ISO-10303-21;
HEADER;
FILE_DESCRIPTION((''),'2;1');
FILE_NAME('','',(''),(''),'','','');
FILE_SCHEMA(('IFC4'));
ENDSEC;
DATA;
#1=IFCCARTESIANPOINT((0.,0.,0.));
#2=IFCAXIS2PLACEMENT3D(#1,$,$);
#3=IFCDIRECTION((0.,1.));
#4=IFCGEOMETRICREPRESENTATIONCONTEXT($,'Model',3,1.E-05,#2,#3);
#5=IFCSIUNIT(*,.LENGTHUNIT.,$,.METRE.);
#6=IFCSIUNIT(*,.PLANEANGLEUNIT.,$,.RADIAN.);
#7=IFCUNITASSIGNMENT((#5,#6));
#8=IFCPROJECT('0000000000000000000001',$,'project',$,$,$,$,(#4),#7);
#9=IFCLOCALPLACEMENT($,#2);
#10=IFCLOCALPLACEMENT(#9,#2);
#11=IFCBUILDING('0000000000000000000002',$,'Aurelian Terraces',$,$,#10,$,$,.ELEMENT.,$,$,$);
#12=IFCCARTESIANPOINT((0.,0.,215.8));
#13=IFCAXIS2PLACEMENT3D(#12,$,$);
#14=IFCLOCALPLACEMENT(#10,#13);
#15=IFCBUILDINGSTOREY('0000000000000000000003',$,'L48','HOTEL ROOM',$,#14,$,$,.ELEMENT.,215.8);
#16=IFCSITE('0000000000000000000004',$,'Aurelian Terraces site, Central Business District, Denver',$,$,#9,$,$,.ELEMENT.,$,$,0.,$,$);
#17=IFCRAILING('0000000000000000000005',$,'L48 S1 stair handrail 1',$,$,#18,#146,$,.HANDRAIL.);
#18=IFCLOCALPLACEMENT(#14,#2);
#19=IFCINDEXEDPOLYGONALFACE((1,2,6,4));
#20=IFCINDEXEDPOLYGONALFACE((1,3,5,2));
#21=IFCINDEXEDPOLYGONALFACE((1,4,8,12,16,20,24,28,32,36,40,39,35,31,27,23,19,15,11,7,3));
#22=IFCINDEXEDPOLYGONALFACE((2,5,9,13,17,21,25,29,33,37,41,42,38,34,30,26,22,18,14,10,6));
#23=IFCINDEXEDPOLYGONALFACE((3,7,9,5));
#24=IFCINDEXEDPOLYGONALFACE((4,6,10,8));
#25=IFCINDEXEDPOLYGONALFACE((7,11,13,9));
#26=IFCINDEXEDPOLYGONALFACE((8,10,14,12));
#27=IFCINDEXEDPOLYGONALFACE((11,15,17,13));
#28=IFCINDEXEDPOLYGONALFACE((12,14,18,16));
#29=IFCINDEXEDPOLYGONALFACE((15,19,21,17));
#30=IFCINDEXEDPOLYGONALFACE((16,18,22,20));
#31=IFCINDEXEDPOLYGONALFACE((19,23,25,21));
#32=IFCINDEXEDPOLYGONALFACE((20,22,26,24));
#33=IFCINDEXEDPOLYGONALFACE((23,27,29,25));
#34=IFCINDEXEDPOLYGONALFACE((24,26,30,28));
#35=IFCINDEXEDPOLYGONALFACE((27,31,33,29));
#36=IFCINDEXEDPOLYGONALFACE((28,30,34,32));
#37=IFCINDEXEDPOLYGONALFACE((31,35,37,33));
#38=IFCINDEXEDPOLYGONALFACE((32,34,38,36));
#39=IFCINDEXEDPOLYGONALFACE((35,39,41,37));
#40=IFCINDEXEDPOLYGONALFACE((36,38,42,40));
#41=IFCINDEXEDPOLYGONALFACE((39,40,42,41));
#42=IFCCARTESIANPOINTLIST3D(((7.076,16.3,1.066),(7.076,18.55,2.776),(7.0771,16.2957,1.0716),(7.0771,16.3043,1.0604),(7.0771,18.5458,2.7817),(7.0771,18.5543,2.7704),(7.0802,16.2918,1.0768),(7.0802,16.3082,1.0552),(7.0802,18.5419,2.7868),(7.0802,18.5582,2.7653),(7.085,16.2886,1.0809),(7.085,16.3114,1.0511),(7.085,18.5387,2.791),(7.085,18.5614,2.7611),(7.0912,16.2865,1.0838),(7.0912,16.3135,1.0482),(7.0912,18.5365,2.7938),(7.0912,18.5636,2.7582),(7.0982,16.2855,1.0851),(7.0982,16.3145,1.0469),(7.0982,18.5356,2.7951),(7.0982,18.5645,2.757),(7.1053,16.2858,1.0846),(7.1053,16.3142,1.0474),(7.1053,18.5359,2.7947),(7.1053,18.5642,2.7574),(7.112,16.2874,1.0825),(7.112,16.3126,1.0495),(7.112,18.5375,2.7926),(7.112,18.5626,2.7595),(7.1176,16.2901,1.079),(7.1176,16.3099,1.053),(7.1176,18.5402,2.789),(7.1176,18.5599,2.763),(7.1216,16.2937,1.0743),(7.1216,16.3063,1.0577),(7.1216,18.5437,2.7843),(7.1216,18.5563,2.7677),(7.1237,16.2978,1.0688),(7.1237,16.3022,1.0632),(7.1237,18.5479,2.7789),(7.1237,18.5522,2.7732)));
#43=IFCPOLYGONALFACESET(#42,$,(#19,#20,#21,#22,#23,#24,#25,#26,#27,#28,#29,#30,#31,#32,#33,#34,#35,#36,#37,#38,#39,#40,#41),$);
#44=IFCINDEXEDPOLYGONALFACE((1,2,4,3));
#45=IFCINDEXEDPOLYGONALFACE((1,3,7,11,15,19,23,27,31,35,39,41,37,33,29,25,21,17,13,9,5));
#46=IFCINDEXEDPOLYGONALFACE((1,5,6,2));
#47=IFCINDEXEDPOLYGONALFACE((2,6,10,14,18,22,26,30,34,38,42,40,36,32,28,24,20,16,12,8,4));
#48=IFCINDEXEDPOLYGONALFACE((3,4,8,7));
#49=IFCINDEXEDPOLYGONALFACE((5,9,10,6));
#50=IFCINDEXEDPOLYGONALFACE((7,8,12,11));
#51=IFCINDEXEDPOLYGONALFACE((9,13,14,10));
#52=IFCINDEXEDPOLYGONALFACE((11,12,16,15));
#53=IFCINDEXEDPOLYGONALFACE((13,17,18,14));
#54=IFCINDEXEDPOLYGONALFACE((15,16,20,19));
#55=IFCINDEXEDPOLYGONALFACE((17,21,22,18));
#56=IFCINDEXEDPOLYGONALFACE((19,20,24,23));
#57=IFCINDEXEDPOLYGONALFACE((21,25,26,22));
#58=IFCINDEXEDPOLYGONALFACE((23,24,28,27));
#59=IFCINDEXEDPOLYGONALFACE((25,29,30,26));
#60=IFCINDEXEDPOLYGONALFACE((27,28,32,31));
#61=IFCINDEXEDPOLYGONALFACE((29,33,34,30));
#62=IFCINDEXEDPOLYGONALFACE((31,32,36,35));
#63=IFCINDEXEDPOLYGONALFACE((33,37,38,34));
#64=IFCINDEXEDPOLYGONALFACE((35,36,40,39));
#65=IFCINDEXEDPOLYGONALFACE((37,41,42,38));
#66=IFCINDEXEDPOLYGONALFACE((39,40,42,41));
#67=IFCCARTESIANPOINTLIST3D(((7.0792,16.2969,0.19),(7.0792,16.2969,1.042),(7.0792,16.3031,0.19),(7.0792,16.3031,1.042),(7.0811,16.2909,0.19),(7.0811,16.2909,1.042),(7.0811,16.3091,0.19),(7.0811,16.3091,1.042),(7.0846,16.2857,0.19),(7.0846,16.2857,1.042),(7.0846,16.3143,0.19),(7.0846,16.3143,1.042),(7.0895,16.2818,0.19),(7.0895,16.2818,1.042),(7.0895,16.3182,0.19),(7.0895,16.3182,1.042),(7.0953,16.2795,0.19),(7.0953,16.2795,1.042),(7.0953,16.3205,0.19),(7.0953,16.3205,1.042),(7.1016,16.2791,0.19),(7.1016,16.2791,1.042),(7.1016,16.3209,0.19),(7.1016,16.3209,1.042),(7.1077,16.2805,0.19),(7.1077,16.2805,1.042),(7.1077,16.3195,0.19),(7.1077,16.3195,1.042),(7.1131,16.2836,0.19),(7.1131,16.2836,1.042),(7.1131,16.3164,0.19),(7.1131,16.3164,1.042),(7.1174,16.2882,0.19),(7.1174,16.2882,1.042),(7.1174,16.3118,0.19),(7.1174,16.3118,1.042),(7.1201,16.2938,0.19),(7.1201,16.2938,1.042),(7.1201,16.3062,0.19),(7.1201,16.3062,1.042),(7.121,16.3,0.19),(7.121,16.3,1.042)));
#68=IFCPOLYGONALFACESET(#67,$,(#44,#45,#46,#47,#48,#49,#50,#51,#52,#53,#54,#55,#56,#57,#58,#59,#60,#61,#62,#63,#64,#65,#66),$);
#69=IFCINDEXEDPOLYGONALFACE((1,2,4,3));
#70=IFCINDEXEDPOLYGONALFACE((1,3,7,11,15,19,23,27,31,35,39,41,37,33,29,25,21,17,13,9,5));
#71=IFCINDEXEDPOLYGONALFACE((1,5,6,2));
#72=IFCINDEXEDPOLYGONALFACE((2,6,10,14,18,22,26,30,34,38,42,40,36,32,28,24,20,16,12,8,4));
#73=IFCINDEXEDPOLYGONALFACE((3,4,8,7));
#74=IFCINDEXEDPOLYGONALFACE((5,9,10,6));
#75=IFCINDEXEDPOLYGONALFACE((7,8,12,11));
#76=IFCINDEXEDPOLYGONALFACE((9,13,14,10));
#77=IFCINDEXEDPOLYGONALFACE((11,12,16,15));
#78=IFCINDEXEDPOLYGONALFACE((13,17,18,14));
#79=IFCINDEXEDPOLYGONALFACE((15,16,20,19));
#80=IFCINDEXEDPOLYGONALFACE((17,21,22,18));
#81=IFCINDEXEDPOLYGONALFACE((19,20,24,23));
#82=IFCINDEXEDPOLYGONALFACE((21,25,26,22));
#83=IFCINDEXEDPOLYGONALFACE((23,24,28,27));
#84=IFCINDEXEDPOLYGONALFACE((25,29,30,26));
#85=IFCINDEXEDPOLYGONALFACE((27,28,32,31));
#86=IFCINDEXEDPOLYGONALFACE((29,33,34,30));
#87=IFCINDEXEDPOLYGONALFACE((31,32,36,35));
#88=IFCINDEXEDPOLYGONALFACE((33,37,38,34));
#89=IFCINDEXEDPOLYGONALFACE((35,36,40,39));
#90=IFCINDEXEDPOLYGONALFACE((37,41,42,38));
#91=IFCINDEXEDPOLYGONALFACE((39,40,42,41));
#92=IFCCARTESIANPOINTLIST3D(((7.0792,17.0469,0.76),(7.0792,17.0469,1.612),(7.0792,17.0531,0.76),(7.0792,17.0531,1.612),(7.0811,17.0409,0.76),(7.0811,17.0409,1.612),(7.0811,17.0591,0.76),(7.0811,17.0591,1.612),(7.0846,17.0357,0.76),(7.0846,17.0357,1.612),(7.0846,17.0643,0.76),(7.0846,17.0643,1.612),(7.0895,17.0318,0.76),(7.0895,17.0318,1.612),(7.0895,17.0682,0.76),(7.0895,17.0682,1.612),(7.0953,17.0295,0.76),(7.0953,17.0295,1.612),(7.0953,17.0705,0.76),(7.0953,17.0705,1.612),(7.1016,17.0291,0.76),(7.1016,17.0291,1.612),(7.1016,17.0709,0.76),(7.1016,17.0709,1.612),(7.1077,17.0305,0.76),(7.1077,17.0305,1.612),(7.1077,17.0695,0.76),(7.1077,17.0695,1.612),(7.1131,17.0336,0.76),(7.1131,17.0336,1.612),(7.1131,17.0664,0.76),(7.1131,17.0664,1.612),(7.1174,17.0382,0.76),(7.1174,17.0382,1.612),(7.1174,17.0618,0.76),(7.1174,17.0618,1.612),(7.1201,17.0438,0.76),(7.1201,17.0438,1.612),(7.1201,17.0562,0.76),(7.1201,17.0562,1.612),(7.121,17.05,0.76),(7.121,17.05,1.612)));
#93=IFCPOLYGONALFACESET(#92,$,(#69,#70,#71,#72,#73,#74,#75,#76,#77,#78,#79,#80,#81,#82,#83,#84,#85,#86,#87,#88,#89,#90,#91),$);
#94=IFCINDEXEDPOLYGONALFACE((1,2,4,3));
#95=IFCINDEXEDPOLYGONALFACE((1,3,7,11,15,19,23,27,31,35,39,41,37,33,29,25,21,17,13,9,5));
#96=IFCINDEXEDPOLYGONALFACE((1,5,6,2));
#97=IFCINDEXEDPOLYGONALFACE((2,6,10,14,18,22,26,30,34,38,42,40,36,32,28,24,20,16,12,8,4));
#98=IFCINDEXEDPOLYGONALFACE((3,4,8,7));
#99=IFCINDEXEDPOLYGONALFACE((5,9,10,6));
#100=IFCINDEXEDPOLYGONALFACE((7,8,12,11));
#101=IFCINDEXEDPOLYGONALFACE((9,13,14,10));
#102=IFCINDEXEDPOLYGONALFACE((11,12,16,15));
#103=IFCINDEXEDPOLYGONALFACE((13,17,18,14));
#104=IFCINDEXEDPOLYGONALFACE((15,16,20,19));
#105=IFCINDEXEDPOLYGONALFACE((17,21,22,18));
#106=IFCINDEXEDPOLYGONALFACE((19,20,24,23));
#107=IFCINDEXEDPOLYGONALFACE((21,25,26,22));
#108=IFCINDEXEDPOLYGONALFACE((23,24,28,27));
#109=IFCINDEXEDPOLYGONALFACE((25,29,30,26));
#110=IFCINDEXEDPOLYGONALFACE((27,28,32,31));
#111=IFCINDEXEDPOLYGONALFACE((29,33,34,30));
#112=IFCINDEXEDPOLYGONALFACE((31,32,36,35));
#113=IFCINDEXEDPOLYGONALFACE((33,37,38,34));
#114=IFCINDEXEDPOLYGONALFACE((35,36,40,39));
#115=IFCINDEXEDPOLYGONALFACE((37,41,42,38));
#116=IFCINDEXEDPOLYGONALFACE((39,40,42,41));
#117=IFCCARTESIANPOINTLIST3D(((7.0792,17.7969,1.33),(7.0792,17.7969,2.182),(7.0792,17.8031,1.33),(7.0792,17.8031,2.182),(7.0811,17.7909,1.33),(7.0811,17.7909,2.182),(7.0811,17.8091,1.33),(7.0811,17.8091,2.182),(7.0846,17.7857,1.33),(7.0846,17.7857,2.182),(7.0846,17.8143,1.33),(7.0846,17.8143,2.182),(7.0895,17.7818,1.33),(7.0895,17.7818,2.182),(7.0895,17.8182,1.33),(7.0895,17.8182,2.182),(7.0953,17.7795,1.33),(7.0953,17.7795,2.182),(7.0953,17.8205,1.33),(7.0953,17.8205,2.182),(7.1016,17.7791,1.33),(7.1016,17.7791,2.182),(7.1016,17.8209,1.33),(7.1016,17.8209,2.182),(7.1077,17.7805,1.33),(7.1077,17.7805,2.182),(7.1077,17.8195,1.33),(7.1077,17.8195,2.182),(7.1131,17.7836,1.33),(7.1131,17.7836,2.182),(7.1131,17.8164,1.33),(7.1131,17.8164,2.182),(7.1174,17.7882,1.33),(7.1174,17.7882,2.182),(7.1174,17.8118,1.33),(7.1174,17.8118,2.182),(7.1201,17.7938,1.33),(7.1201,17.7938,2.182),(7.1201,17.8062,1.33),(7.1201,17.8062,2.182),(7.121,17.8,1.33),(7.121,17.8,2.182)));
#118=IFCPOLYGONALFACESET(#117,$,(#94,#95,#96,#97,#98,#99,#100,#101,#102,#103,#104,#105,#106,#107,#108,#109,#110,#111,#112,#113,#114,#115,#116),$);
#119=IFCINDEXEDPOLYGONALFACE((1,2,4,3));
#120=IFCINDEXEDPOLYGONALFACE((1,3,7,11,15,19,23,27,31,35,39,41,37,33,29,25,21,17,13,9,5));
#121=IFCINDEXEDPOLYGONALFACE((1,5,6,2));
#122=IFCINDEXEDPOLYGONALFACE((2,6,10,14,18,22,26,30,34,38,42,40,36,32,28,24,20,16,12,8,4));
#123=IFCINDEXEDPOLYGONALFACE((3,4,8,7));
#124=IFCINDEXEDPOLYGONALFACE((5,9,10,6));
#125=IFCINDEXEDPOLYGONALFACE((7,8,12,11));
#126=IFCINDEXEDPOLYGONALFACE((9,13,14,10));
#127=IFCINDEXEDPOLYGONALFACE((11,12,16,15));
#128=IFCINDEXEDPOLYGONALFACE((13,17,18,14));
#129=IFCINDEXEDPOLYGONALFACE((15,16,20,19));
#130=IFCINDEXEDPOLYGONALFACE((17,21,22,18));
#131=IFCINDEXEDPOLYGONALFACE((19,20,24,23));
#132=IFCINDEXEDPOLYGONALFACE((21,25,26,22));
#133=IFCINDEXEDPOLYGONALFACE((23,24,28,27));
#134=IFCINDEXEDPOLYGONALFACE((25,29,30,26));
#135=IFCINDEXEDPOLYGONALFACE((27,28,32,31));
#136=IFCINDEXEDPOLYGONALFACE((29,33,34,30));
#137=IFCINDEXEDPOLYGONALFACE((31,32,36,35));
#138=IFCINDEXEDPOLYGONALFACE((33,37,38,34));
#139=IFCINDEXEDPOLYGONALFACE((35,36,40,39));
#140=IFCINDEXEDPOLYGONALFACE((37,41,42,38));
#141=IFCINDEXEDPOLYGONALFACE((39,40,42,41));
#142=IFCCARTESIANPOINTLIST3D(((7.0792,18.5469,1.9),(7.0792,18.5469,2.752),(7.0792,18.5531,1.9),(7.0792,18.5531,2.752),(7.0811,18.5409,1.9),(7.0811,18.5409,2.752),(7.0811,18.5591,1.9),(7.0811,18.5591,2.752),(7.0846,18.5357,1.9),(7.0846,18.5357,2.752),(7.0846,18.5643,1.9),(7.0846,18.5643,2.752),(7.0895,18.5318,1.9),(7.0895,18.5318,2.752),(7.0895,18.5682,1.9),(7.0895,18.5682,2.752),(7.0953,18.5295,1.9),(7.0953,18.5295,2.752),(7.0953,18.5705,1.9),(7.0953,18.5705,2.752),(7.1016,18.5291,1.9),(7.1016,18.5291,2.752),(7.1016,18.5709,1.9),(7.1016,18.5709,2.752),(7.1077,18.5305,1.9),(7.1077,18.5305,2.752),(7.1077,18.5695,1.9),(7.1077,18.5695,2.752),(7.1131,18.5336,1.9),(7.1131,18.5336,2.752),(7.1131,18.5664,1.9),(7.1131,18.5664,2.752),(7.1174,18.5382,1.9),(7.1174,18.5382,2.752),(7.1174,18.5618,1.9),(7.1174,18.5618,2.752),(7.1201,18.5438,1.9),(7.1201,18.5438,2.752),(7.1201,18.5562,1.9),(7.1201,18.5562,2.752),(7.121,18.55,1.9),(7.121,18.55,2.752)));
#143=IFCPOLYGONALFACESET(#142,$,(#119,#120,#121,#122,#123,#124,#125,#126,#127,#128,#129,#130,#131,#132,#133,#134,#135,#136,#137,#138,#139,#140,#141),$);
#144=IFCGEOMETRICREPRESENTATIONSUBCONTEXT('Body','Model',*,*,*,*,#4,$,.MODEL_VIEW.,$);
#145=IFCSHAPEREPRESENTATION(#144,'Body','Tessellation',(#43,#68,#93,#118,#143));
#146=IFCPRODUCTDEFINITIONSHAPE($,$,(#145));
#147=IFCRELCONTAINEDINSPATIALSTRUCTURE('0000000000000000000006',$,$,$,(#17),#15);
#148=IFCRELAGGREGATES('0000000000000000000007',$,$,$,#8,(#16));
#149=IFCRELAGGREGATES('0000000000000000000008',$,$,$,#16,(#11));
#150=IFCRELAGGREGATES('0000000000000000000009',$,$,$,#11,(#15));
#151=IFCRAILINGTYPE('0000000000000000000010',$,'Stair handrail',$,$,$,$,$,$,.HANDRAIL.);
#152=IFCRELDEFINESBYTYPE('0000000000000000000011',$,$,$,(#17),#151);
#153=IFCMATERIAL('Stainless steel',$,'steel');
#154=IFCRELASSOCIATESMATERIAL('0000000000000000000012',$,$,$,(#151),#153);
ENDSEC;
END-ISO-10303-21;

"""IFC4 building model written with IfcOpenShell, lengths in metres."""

from ifc_helpers import new_model, si_unit, direction, frame, origin, origin_2d, place, context, subcontext, project, spatial, circle, extrude, source, transform, mapped, material, type_object, element, save


model = new_model("IFC4")

# Units and contexts
model_context = context("Model", 3, precision=1e-05, world=origin(), true_north=direction((0.0, 1.0)))
body_context = subcontext(model_context, "Body", "Model", "MODEL_VIEW")
ifc_project = project(units=[si_unit("LENGTHUNIT", "METRE"), si_unit("PLANEANGLEUNIT", "RADIAN")], contexts=[model_context])

# Site, building, storey
site_placement = place(None, origin())
site = spatial("IfcSite", under=ifc_project, at=site_placement, Name="Aurelian Terraces site, Central Business District, Denver", CompositionType="ELEMENT", RefElevation=0.0)
building_placement = place(site_placement, origin())
building = spatial("IfcBuilding", under=site, at=building_placement, Name="Aurelian Terraces", CompositionType="ELEMENT")
storey_placement = place(building_placement, frame((0.0, 0.0, 215.8)))
storey = spatial("IfcBuildingStorey", under=building, at=storey_placement, Name="L48", Description="HOTEL ROOM", CompositionType="ELEMENT", Elevation=215.8)

# Shared definitions
ifc_material_1 = material(Name="Stainless steel", Category="steel")

# Railing
railing_type_1 = type_object("IfcRailingType", Name="Stair handrail", PredefinedType="HANDRAIL", material=ifc_material_1)
shared_shape_1 = source(origin(), body_context, "Body", "SweptSolid", [
    extrude(circle(Radius=0.024, at=origin_2d()), frame((0.0, 0.0, 0.876), z_axis=(0.0, 0.796162, 0.605083), x_axis=(-1.0, 0.0, 0.0)), (0.0, 0.0, 1.0), 2.8261),
    extrude(circle(Radius=0.021, at=origin_2d()), origin(), (0.0, 0.0, 1.0), 0.852),
    extrude(circle(Radius=0.021, at=origin_2d()), frame((0.0, 0.75, 0.57)), (0.0, 0.0, 1.0), 0.852),
    extrude(circle(Radius=0.021, at=origin_2d()), frame((0.0, 1.5, 1.14)), (0.0, 0.0, 1.0), 0.852),
    extrude(circle(Radius=0.021, at=origin_2d()), frame((0.0, 2.25, 1.71)), (0.0, 0.0, 1.0), 0.852),
])
railing_1_placement = place(storey_placement, frame((7.1, 16.3, 0.19)))
element("IfcRailing", 1, at=railing_1_placement, inside=storey, type_object=railing_type_1, Name="L48 S1 stair handrail 1", PredefinedType="HANDRAIL", context=body_context, shape_type="MappedRepresentation", body=[
    mapped(shared_shape_1, transform((0.0, 0.0, 0.0), scale=1.0)),
])

save(model, "model.ifc")
